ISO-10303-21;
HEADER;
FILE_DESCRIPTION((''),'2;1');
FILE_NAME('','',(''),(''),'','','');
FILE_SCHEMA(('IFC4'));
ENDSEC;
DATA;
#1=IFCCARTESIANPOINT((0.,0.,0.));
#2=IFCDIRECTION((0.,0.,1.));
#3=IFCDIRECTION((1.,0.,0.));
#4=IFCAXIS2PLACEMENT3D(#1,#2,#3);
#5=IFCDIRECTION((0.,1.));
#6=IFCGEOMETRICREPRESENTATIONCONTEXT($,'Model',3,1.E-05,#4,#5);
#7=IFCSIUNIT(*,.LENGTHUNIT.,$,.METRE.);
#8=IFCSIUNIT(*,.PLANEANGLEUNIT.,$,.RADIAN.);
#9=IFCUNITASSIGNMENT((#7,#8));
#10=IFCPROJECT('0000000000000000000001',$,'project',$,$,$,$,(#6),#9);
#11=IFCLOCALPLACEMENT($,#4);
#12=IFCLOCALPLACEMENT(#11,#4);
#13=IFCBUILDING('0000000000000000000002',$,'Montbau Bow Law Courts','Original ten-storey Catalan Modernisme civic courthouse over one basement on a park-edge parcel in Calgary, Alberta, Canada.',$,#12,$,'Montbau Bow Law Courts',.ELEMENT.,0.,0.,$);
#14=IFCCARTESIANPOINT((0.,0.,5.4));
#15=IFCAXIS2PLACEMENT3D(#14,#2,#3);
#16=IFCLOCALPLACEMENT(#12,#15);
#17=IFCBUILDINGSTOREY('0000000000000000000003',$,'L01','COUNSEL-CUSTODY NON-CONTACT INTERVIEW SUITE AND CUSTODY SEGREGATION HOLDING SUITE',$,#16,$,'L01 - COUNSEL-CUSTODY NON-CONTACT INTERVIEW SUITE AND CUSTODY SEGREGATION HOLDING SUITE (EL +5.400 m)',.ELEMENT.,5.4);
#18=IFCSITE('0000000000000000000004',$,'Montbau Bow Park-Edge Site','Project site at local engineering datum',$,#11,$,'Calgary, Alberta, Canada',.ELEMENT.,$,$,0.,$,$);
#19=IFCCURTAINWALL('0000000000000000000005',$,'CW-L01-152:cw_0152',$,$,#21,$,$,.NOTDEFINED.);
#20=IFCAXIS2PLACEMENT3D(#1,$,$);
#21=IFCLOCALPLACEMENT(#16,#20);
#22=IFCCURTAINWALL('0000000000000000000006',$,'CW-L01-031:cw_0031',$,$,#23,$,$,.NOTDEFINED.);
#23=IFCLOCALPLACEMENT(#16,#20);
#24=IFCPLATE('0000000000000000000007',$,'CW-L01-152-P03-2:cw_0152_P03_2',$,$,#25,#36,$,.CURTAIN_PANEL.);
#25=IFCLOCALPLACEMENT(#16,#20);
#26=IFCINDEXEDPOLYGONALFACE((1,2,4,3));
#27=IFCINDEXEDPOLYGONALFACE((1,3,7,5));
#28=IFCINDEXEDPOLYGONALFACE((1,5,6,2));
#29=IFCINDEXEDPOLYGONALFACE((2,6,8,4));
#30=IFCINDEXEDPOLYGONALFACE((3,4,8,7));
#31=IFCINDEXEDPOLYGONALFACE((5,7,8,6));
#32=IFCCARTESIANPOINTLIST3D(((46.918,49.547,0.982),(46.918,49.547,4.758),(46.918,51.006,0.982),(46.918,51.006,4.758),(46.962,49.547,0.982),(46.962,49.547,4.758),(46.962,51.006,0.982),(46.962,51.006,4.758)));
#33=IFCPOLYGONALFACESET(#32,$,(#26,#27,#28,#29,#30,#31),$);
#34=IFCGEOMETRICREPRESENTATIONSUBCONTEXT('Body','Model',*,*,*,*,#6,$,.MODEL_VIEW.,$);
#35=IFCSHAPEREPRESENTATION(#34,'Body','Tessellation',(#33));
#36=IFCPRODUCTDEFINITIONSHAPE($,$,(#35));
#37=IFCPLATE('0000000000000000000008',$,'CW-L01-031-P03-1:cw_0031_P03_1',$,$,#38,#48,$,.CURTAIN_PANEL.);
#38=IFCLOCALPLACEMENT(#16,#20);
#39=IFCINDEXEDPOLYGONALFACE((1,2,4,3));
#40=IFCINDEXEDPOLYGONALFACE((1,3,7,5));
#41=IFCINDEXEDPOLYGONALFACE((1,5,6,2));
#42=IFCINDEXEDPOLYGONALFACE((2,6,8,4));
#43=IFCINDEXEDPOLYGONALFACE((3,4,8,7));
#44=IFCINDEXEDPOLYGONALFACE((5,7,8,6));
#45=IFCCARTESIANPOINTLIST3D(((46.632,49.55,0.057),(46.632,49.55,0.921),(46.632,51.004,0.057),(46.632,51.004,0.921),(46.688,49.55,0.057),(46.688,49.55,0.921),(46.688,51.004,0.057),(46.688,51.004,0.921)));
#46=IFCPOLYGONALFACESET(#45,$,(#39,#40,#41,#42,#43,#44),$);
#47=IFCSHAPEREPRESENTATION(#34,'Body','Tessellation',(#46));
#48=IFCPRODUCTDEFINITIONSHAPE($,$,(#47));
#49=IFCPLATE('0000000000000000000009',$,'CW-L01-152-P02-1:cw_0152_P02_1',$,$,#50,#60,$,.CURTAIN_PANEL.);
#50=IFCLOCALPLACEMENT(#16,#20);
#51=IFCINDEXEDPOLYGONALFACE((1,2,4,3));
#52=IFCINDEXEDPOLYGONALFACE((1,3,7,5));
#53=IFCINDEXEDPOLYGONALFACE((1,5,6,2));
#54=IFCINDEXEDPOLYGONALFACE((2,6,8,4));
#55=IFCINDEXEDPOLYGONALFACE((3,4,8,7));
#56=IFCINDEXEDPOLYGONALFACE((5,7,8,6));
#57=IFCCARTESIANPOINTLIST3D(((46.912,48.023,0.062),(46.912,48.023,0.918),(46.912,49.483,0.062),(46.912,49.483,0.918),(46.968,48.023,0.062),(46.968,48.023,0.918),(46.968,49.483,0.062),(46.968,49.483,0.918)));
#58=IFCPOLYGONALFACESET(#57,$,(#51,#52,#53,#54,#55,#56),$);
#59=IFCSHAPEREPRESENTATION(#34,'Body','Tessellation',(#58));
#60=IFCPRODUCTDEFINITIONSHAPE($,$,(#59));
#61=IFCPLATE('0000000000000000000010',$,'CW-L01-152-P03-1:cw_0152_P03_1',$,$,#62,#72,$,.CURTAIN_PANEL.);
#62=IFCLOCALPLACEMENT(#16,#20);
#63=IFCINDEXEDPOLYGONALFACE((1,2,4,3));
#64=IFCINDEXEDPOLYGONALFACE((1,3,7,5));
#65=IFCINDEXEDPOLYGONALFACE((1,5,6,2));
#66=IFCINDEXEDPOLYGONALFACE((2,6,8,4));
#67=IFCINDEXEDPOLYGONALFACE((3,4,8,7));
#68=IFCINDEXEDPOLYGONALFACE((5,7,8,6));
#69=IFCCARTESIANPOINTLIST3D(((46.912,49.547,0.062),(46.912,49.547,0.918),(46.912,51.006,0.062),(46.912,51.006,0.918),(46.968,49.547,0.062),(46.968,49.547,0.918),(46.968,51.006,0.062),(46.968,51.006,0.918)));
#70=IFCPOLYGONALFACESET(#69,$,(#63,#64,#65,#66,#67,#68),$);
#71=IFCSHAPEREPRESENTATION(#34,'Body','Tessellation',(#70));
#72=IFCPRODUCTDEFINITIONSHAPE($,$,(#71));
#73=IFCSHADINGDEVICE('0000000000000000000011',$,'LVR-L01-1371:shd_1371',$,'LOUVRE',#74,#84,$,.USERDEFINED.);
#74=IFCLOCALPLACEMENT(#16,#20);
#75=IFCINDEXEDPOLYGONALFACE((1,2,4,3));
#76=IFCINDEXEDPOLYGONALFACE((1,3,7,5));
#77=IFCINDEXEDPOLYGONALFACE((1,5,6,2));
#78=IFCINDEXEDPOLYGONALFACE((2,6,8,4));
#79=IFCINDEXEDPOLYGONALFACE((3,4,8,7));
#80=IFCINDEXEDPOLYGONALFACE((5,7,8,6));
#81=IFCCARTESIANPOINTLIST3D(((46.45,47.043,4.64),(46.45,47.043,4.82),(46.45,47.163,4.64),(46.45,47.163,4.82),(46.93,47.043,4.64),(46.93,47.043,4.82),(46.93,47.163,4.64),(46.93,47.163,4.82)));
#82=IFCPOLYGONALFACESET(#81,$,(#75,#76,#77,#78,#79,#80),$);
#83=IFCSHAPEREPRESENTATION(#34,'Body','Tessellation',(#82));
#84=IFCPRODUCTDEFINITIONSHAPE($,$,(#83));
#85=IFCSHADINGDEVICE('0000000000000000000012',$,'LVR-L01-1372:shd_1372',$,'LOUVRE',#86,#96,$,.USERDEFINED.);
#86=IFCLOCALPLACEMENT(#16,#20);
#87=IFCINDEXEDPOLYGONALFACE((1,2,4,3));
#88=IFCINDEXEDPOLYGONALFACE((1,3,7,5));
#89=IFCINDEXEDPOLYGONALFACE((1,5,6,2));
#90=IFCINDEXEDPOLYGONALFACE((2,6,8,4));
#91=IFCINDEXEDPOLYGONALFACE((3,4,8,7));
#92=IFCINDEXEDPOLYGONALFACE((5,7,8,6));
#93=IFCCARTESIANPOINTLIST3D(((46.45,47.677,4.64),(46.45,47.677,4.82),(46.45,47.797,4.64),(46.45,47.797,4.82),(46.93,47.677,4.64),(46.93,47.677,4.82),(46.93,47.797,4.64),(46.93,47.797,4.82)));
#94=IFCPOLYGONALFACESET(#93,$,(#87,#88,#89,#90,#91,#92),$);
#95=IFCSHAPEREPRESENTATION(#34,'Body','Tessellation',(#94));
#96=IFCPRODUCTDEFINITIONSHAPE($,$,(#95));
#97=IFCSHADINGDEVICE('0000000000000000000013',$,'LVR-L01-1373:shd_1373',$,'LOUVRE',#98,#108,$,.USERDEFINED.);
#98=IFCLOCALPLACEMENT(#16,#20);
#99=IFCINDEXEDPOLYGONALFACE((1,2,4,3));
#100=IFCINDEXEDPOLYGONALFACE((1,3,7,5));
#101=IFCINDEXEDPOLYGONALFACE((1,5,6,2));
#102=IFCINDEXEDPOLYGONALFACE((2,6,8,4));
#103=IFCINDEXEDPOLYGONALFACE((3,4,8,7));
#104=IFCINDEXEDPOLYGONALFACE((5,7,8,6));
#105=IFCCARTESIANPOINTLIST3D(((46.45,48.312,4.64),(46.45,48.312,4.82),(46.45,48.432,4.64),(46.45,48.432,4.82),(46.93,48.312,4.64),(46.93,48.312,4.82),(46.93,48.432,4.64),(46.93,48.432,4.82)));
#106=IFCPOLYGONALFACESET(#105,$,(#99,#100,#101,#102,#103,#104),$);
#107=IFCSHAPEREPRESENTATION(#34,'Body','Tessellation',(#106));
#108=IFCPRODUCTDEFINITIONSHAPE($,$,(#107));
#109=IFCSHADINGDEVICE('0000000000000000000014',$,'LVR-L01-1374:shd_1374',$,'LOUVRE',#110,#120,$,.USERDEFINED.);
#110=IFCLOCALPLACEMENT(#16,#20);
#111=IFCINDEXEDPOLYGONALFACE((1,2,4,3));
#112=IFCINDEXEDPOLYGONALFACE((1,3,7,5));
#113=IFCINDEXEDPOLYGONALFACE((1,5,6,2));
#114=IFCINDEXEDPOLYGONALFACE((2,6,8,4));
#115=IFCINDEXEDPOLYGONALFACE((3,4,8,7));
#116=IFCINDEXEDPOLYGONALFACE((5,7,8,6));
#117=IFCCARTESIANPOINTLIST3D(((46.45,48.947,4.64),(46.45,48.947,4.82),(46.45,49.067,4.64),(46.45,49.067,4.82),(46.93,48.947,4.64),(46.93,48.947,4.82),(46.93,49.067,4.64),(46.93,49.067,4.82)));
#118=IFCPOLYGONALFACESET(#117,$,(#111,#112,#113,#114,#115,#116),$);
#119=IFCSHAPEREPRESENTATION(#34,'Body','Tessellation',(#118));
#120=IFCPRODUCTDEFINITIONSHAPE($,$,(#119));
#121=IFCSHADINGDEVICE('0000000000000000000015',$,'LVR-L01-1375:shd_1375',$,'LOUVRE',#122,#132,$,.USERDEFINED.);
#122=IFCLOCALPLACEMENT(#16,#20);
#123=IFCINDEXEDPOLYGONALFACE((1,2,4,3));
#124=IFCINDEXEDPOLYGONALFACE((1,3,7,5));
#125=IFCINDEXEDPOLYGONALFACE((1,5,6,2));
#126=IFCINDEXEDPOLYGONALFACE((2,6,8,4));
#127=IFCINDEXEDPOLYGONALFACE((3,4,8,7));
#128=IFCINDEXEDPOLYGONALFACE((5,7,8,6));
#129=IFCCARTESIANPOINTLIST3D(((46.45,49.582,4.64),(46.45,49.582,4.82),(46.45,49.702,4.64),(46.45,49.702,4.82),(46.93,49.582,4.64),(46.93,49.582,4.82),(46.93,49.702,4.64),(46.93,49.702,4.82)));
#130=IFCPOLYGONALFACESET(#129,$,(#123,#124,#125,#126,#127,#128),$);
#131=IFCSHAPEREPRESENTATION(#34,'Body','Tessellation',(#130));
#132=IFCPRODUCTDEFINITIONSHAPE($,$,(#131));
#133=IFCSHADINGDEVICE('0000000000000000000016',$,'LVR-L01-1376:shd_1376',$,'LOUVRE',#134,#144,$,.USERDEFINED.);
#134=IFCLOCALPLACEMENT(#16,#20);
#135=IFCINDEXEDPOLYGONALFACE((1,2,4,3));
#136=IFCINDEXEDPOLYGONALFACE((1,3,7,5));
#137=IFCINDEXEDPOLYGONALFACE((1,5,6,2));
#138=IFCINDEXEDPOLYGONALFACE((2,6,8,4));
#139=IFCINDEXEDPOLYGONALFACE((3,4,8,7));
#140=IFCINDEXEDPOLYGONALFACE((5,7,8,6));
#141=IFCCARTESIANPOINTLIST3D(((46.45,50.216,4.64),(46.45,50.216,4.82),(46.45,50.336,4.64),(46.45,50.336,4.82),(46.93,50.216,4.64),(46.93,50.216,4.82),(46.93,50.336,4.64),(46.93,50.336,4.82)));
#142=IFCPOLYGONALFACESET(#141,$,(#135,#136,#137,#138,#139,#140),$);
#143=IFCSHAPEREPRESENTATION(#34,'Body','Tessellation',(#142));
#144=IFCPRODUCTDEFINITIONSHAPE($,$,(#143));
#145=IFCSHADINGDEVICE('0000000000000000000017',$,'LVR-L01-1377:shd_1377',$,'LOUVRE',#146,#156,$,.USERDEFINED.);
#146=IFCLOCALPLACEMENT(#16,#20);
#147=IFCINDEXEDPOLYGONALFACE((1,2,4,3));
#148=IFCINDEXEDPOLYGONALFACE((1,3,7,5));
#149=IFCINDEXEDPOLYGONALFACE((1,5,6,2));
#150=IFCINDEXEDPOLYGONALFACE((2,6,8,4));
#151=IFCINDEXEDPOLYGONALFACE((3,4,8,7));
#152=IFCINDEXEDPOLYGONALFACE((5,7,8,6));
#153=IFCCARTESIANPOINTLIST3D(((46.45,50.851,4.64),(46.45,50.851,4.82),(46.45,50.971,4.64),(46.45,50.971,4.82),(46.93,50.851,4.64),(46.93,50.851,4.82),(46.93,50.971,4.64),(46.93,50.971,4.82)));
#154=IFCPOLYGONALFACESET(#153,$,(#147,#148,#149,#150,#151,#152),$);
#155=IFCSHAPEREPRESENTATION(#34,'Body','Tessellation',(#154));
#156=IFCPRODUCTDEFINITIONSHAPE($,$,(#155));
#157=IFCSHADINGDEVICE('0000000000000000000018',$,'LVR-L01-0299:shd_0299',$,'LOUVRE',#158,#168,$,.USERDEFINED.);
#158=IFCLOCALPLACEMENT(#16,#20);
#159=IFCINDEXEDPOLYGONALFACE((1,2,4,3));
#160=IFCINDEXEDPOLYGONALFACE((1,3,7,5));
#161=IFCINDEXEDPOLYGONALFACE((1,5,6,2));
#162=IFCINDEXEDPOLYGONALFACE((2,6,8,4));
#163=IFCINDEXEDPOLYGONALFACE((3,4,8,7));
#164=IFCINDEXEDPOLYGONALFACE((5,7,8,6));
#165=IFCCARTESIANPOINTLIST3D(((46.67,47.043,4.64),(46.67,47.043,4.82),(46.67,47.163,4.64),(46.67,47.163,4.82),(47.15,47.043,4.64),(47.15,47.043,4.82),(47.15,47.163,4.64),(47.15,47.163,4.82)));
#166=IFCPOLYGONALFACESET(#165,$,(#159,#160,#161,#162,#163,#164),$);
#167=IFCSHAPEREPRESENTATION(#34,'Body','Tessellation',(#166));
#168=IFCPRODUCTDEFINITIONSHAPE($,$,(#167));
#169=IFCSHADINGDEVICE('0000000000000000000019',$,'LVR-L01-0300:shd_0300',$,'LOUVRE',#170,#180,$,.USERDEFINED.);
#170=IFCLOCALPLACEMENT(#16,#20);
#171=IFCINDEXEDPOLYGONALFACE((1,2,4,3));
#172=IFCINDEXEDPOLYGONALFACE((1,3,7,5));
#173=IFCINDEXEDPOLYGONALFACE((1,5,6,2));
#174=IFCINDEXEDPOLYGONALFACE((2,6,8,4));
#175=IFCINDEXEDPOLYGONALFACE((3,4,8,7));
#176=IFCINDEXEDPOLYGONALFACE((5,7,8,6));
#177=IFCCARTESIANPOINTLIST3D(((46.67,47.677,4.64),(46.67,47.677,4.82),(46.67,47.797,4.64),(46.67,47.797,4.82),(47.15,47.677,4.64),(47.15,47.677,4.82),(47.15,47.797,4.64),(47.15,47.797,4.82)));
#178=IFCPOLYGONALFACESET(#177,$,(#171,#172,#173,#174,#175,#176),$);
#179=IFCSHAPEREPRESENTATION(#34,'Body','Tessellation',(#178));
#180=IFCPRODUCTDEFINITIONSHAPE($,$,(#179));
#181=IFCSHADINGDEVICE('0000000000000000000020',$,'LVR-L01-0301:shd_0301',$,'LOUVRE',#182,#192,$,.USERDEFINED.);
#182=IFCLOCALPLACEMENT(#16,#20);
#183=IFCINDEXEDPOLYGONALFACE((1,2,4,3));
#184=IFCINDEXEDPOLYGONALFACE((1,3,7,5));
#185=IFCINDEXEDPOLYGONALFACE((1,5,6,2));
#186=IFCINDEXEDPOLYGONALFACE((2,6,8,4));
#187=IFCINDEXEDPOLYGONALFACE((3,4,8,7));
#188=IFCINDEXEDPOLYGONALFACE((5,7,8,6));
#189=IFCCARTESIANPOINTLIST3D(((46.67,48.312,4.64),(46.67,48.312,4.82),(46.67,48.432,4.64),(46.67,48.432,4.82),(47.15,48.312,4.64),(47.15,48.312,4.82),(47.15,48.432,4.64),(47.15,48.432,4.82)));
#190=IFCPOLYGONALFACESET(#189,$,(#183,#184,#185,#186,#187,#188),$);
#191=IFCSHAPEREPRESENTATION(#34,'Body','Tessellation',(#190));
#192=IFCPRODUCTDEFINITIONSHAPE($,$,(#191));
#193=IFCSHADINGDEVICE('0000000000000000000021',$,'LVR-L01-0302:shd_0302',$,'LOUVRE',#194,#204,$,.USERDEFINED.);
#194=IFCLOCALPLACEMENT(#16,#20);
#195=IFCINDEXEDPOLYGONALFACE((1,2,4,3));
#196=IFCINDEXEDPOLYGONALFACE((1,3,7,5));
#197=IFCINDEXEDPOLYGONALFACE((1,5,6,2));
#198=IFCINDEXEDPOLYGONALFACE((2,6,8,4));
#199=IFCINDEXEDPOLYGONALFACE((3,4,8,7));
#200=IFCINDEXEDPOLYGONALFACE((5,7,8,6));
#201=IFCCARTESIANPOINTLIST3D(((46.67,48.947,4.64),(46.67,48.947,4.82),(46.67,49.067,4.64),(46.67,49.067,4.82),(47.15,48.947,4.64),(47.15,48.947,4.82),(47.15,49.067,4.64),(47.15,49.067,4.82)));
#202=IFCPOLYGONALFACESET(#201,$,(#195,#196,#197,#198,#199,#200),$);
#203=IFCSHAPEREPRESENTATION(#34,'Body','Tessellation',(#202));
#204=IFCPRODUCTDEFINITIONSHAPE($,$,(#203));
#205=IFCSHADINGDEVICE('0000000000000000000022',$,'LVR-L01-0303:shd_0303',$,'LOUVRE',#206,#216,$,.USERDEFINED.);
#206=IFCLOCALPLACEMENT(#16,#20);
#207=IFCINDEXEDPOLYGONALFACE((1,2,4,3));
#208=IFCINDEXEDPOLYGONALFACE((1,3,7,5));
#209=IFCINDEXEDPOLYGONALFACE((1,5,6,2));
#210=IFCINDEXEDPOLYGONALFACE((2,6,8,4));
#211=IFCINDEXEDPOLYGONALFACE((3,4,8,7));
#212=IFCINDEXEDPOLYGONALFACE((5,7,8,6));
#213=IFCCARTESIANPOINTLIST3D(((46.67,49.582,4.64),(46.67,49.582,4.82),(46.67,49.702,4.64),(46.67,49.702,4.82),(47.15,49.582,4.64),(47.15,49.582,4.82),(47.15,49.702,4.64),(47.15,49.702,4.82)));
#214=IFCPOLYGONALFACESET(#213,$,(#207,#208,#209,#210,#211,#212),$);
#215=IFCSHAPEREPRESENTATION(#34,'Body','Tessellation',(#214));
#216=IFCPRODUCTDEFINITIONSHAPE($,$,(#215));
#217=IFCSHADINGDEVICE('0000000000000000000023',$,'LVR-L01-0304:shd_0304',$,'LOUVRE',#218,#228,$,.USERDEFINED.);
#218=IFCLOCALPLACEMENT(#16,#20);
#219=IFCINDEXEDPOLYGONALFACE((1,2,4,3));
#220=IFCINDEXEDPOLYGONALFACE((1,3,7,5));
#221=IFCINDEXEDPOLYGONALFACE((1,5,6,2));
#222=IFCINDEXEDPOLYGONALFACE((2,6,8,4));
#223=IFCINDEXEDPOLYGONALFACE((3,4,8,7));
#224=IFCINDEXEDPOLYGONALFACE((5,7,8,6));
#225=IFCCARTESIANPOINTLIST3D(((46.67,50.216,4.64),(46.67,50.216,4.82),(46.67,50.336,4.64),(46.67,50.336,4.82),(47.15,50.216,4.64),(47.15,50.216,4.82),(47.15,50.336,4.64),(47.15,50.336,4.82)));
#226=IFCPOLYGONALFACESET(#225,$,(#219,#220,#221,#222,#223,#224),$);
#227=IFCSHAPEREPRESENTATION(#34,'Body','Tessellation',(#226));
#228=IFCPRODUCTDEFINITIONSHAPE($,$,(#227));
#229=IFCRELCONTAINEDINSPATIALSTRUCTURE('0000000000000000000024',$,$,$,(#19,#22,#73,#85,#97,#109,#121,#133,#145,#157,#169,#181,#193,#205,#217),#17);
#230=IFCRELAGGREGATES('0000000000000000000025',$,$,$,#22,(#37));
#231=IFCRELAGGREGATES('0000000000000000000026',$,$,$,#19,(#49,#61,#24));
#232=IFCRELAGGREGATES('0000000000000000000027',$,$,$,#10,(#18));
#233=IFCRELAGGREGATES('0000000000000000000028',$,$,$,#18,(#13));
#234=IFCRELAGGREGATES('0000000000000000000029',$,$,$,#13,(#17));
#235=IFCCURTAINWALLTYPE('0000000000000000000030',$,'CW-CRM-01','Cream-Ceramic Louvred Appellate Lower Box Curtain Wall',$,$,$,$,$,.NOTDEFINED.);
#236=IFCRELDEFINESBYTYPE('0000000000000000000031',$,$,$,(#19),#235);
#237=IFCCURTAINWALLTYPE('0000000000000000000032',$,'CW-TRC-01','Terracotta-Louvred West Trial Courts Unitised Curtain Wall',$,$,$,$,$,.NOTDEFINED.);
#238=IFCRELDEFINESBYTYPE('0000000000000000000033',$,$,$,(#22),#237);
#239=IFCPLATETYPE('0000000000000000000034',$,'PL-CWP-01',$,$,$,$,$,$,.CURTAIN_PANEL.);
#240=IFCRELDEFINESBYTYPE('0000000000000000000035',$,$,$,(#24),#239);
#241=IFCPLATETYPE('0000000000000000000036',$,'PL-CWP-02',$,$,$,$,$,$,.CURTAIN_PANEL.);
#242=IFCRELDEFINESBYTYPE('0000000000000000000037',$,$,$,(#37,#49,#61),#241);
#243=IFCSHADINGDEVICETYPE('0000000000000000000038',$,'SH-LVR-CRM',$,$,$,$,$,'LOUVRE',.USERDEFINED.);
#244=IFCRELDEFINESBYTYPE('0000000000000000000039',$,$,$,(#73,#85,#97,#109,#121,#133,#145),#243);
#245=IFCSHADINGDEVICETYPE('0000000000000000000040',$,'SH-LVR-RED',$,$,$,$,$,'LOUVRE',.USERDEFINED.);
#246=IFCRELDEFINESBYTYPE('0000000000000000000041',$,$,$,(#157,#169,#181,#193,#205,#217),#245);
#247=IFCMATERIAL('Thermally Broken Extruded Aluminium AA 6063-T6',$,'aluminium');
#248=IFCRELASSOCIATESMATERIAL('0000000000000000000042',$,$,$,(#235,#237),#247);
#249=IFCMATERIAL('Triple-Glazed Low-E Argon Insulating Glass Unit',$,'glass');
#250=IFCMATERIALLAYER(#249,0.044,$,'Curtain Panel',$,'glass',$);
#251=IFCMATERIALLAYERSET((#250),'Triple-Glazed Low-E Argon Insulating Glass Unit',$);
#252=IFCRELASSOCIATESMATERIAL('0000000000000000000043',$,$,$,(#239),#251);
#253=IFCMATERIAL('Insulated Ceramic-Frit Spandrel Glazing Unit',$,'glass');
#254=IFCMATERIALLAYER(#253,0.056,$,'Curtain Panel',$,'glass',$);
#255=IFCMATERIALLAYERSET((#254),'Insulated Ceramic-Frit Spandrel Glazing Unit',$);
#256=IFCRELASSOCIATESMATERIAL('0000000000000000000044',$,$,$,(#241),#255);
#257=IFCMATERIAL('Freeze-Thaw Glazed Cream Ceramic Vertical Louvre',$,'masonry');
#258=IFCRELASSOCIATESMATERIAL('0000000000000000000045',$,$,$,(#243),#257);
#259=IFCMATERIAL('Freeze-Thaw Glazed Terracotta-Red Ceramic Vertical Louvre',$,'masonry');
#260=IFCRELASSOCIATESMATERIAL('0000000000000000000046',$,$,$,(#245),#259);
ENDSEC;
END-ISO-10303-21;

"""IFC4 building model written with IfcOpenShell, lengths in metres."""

from ifc_helpers import new_model, si_unit, direction, frame, frame_2d, origin_with_axes, origin_2d_with_axis, place, context, subcontext, project, spatial, rectangle, extrude, material, layer, layer_set, type_object, element, aggregate, save


model = new_model("IFC4")

# Units and contexts
model_context = context("Model", 3, precision=1e-05, world=origin_with_axes(), true_north=direction((0.0, 1.0)))
body_context = subcontext(model_context, "Body", "Model", "MODEL_VIEW")
ifc_project = project(units=[si_unit("LENGTHUNIT", "METRE"), si_unit("PLANEANGLEUNIT", "RADIAN")], contexts=[model_context])

# Site, building, storey
site_placement = place(None, origin_with_axes())
site = spatial("IfcSite", under=ifc_project, at=site_placement, Name="Montbau Bow Park-Edge Site", Description="Project site at local engineering datum", LongName="Calgary, Alberta, Canada", CompositionType="ELEMENT", RefElevation=0.0)
building_placement = place(site_placement, origin_with_axes())
building = spatial("IfcBuilding", under=site, at=building_placement, Name="Montbau Bow Law Courts", Description="Original ten-storey Catalan Modernisme civic courthouse over one basement on a park-edge parcel in Calgary, Alberta, Canada.", LongName="Montbau Bow Law Courts", CompositionType="ELEMENT", ElevationOfRefHeight=0.0, ElevationOfTerrain=0.0)
storey_placement = place(building_placement, frame((0.0, 0.0, 5.4), z_axis=(0.0, 0.0, 1.0), x_axis=(1.0, 0.0, 0.0)))
storey = spatial("IfcBuildingStorey", under=building, at=storey_placement, Name="L01", Description="COUNSEL-CUSTODY NON-CONTACT INTERVIEW SUITE AND CUSTODY SEGREGATION HOLDING SUITE", LongName="L01 - COUNSEL-CUSTODY NON-CONTACT INTERVIEW SUITE AND CUSTODY SEGREGATION HOLDING SUITE (EL +5.400 m)", CompositionType="ELEMENT", Elevation=5.4)

# Curtain wall
ifc_material_1 = material(Name="Thermally Broken Extruded Aluminium AA 6063-T6", Category="aluminium")
curtain_wall_type_1 = type_object("IfcCurtainWallType", Name="CW-CRM-01", Description="Cream-Ceramic Louvred Appellate Lower Box Curtain Wall", PredefinedType="NOTDEFINED", material=ifc_material_1)
curtain_wall_1_placement = place(None, frame((46.94, 46.468, 5.4), z_axis=(0.0, 0.0, 1.0), x_axis=(1.0, 0.0, 0.0)))
curtain_wall_1 = element("IfcCurtainWall", 1, at=curtain_wall_1_placement, inside=storey, type_object=curtain_wall_type_1, Name="CW-L01-152:cw_0152", PredefinedType="NOTDEFINED")

# Curtain wall
curtain_wall_type_2 = type_object("IfcCurtainWallType", Name="CW-TRC-01", Description="Terracotta-Louvred West Trial Courts Unitised Curtain Wall", PredefinedType="NOTDEFINED", material=ifc_material_1)
curtain_wall_2_placement = place(None, frame((46.66, 46.468, 5.4), z_axis=(0.0, 0.0, 1.0), x_axis=(1.0, 0.0, 0.0)))
curtain_wall_2 = element("IfcCurtainWall", 2, at=curtain_wall_2_placement, inside=storey, type_object=curtain_wall_type_2, Name="CW-L01-031:cw_0031", PredefinedType="NOTDEFINED")
ifc_material_2 = material(Name="Triple-Glazed Low-E Argon Insulating Glass Unit", Category="glass")
ifc_layer_1 = layer(ifc_material_2, 0.044, Name="Curtain Panel", Category="glass")
ifc_layer_set_1 = layer_set([ifc_layer_1], Name="Triple-Glazed Low-E Argon Insulating Glass Unit")
plate_type_1 = type_object("IfcPlateType", Name="PL-CWP-01", PredefinedType="CURTAIN_PANEL", material=ifc_layer_set_1)

# Plates
plate_1_placement = place(None, frame((46.94, 49.547, 6.382), z_axis=(1.0, 0.0, 0.0), x_axis=(0.0, 1.0, 0.0)))
plate_1 = element("IfcPlate", 3, at=plate_1_placement, type_object=plate_type_1, Name="CW-L01-152-P03-2:cw_0152_P03_2", PredefinedType="CURTAIN_PANEL", context=body_context, shape_type="SweptSolid", body=[
    extrude(rectangle(XDim=1.459, YDim=3.776, at=frame_2d((0.7295, 1.888), x_axis=(1.0, 0.0))), frame((0.0, 0.0, -0.022), z_axis=(0.0, 0.0, 1.0), x_axis=(1.0, 0.0, 0.0)), (0.0, 0.0, 1.0), 0.044),
])
ifc_material_3 = material(Name="Insulated Ceramic-Frit Spandrel Glazing Unit", Category="glass")
ifc_layer_2 = layer(ifc_material_3, 0.056, Name="Curtain Panel", Category="glass")
ifc_layer_set_2 = layer_set([ifc_layer_2], Name="Insulated Ceramic-Frit Spandrel Glazing Unit")
plate_type_2 = type_object("IfcPlateType", Name="PL-CWP-02", PredefinedType="CURTAIN_PANEL", material=ifc_layer_set_2)
plate_2_placement = place(None, frame((46.66, 49.55, 5.457), z_axis=(1.0, 0.0, 0.0), x_axis=(0.0, 1.0, 0.0)))
plate_2 = element("IfcPlate", 4, at=plate_2_placement, type_object=plate_type_2, Name="CW-L01-031-P03-1:cw_0031_P03_1", PredefinedType="CURTAIN_PANEL", context=body_context, shape_type="SweptSolid", body=[
    extrude(rectangle(XDim=1.454, YDim=0.864, at=frame_2d((0.727, 0.432), x_axis=(1.0, 0.0))), frame((0.0, 0.0, -0.028), z_axis=(0.0, 0.0, 1.0), x_axis=(1.0, 0.0, 0.0)), (0.0, 0.0, 1.0), 0.056),
])
aggregate(curtain_wall_2, [plate_2])
plate_3_placement = place(None, frame((46.94, 48.023, 5.462), z_axis=(1.0, 0.0, 0.0), x_axis=(0.0, 1.0, 0.0)))
plate_3 = element("IfcPlate", 5, at=plate_3_placement, type_object=plate_type_2, Name="CW-L01-152-P02-1:cw_0152_P02_1", PredefinedType="CURTAIN_PANEL", context=body_context, shape_type="SweptSolid", body=[
    extrude(rectangle(XDim=1.46, YDim=0.856, at=frame_2d((0.73, 0.428), x_axis=(1.0, 0.0))), frame((0.0, 0.0, -0.028), z_axis=(0.0, 0.0, 1.0), x_axis=(1.0, 0.0, 0.0)), (0.0, 0.0, 1.0), 0.056),
])
plate_4_placement = place(None, frame((46.94, 49.547, 5.462), z_axis=(1.0, 0.0, 0.0), x_axis=(0.0, 1.0, 0.0)))
plate_4 = element("IfcPlate", 6, at=plate_4_placement, type_object=plate_type_2, Name="CW-L01-152-P03-1:cw_0152_P03_1", PredefinedType="CURTAIN_PANEL", context=body_context, shape_type="SweptSolid", body=[
    extrude(rectangle(XDim=1.459, YDim=0.856, at=frame_2d((0.7295, 0.428), x_axis=(1.0, 0.0))), frame((0.0, 0.0, -0.028), z_axis=(0.0, 0.0, 1.0), x_axis=(1.0, 0.0, 0.0)), (0.0, 0.0, 1.0), 0.056),
])
aggregate(curtain_wall_1, [plate_3, plate_4, plate_1])

# Shading devices
ifc_material_4 = material(Name="Freeze-Thaw Glazed Cream Ceramic Vertical Louvre", Category="masonry")
shading_device_type_1 = type_object("IfcShadingDeviceType", Name="SH-LVR-CRM", ElementType="LOUVRE", PredefinedType="USERDEFINED", material=ifc_material_4)
for number, where, z_axis, x_axis, name in (
    (7, (46.69, 47.103, 10.04), (0.0, 0.0, 1.0), (-1.0, 0.0, 0.0), "LVR-L01-1371:shd_1371"),
    (8, (46.69, 47.737, 10.04), (0.0, 0.0, 1.0), (-1.0, 0.0, 0.0), "LVR-L01-1372:shd_1372"),
    (9, (46.69, 48.372, 10.04), (0.0, 0.0, 1.0), (-1.0, 0.0, 0.0), "LVR-L01-1373:shd_1373"),
    (10, (46.69, 49.007, 10.04), (0.0, 0.0, 1.0), (-1.0, 0.0, 0.0), "LVR-L01-1374:shd_1374"),
    (11, (46.69, 49.642, 10.04), (0.0, 0.0, 1.0), (-1.0, 0.0, 0.0), "LVR-L01-1375:shd_1375"),
    (12, (46.69, 50.276, 10.04), (0.0, 0.0, 1.0), (-1.0, 0.0, 0.0), "LVR-L01-1376:shd_1376"),
    (13, (46.69, 50.911, 10.04), (0.0, 0.0, 1.0), (-1.0, 0.0, 0.0), "LVR-L01-1377:shd_1377"),
):
    element("IfcShadingDevice", number, at=place(None, frame(where, z_axis=z_axis, x_axis=x_axis)), inside=storey, type_object=shading_device_type_1, Name=name, ObjectType="LOUVRE", PredefinedType="USERDEFINED", context=body_context, shape_type="SweptSolid", body=[
        extrude(rectangle(XDim=0.48, YDim=0.12, at=origin_2d_with_axis()), origin_with_axes(), (0.0, 0.0, 1.0), 0.18),
    ])
ifc_material_5 = material(Name="Freeze-Thaw Glazed Terracotta-Red Ceramic Vertical Louvre", Category="masonry")
shading_device_type_2 = type_object("IfcShadingDeviceType", Name="SH-LVR-RED", ElementType="LOUVRE", PredefinedType="USERDEFINED", material=ifc_material_5)
for number, where, z_axis, x_axis, name in (
    (14, (46.91, 47.103, 10.04), (0.0, 0.0, 1.0), (1.0, 0.0, 0.0), "LVR-L01-0299:shd_0299"),
    (15, (46.91, 47.737, 10.04), (0.0, 0.0, 1.0), (1.0, 0.0, 0.0), "LVR-L01-0300:shd_0300"),
    (16, (46.91, 48.372, 10.04), (0.0, 0.0, 1.0), (1.0, 0.0, 0.0), "LVR-L01-0301:shd_0301"),
    (17, (46.91, 49.007, 10.04), (0.0, 0.0, 1.0), (1.0, 0.0, 0.0), "LVR-L01-0302:shd_0302"),
    (18, (46.91, 49.642, 10.04), (0.0, 0.0, 1.0), (1.0, 0.0, 0.0), "LVR-L01-0303:shd_0303"),
    (19, (46.91, 50.276, 10.04), (0.0, 0.0, 1.0), (1.0, 0.0, 0.0), "LVR-L01-0304:shd_0304"),
):
    element("IfcShadingDevice", number, at=place(None, frame(where, z_axis=z_axis, x_axis=x_axis)), inside=storey, type_object=shading_device_type_2, Name=name, ObjectType="LOUVRE", PredefinedType="USERDEFINED", context=body_context, shape_type="SweptSolid", body=[
        extrude(rectangle(XDim=0.48, YDim=0.12, at=origin_2d_with_axis()), origin_with_axes(), (0.0, 0.0, 1.0), 0.18),
    ])

save(model, "model.ifc")
